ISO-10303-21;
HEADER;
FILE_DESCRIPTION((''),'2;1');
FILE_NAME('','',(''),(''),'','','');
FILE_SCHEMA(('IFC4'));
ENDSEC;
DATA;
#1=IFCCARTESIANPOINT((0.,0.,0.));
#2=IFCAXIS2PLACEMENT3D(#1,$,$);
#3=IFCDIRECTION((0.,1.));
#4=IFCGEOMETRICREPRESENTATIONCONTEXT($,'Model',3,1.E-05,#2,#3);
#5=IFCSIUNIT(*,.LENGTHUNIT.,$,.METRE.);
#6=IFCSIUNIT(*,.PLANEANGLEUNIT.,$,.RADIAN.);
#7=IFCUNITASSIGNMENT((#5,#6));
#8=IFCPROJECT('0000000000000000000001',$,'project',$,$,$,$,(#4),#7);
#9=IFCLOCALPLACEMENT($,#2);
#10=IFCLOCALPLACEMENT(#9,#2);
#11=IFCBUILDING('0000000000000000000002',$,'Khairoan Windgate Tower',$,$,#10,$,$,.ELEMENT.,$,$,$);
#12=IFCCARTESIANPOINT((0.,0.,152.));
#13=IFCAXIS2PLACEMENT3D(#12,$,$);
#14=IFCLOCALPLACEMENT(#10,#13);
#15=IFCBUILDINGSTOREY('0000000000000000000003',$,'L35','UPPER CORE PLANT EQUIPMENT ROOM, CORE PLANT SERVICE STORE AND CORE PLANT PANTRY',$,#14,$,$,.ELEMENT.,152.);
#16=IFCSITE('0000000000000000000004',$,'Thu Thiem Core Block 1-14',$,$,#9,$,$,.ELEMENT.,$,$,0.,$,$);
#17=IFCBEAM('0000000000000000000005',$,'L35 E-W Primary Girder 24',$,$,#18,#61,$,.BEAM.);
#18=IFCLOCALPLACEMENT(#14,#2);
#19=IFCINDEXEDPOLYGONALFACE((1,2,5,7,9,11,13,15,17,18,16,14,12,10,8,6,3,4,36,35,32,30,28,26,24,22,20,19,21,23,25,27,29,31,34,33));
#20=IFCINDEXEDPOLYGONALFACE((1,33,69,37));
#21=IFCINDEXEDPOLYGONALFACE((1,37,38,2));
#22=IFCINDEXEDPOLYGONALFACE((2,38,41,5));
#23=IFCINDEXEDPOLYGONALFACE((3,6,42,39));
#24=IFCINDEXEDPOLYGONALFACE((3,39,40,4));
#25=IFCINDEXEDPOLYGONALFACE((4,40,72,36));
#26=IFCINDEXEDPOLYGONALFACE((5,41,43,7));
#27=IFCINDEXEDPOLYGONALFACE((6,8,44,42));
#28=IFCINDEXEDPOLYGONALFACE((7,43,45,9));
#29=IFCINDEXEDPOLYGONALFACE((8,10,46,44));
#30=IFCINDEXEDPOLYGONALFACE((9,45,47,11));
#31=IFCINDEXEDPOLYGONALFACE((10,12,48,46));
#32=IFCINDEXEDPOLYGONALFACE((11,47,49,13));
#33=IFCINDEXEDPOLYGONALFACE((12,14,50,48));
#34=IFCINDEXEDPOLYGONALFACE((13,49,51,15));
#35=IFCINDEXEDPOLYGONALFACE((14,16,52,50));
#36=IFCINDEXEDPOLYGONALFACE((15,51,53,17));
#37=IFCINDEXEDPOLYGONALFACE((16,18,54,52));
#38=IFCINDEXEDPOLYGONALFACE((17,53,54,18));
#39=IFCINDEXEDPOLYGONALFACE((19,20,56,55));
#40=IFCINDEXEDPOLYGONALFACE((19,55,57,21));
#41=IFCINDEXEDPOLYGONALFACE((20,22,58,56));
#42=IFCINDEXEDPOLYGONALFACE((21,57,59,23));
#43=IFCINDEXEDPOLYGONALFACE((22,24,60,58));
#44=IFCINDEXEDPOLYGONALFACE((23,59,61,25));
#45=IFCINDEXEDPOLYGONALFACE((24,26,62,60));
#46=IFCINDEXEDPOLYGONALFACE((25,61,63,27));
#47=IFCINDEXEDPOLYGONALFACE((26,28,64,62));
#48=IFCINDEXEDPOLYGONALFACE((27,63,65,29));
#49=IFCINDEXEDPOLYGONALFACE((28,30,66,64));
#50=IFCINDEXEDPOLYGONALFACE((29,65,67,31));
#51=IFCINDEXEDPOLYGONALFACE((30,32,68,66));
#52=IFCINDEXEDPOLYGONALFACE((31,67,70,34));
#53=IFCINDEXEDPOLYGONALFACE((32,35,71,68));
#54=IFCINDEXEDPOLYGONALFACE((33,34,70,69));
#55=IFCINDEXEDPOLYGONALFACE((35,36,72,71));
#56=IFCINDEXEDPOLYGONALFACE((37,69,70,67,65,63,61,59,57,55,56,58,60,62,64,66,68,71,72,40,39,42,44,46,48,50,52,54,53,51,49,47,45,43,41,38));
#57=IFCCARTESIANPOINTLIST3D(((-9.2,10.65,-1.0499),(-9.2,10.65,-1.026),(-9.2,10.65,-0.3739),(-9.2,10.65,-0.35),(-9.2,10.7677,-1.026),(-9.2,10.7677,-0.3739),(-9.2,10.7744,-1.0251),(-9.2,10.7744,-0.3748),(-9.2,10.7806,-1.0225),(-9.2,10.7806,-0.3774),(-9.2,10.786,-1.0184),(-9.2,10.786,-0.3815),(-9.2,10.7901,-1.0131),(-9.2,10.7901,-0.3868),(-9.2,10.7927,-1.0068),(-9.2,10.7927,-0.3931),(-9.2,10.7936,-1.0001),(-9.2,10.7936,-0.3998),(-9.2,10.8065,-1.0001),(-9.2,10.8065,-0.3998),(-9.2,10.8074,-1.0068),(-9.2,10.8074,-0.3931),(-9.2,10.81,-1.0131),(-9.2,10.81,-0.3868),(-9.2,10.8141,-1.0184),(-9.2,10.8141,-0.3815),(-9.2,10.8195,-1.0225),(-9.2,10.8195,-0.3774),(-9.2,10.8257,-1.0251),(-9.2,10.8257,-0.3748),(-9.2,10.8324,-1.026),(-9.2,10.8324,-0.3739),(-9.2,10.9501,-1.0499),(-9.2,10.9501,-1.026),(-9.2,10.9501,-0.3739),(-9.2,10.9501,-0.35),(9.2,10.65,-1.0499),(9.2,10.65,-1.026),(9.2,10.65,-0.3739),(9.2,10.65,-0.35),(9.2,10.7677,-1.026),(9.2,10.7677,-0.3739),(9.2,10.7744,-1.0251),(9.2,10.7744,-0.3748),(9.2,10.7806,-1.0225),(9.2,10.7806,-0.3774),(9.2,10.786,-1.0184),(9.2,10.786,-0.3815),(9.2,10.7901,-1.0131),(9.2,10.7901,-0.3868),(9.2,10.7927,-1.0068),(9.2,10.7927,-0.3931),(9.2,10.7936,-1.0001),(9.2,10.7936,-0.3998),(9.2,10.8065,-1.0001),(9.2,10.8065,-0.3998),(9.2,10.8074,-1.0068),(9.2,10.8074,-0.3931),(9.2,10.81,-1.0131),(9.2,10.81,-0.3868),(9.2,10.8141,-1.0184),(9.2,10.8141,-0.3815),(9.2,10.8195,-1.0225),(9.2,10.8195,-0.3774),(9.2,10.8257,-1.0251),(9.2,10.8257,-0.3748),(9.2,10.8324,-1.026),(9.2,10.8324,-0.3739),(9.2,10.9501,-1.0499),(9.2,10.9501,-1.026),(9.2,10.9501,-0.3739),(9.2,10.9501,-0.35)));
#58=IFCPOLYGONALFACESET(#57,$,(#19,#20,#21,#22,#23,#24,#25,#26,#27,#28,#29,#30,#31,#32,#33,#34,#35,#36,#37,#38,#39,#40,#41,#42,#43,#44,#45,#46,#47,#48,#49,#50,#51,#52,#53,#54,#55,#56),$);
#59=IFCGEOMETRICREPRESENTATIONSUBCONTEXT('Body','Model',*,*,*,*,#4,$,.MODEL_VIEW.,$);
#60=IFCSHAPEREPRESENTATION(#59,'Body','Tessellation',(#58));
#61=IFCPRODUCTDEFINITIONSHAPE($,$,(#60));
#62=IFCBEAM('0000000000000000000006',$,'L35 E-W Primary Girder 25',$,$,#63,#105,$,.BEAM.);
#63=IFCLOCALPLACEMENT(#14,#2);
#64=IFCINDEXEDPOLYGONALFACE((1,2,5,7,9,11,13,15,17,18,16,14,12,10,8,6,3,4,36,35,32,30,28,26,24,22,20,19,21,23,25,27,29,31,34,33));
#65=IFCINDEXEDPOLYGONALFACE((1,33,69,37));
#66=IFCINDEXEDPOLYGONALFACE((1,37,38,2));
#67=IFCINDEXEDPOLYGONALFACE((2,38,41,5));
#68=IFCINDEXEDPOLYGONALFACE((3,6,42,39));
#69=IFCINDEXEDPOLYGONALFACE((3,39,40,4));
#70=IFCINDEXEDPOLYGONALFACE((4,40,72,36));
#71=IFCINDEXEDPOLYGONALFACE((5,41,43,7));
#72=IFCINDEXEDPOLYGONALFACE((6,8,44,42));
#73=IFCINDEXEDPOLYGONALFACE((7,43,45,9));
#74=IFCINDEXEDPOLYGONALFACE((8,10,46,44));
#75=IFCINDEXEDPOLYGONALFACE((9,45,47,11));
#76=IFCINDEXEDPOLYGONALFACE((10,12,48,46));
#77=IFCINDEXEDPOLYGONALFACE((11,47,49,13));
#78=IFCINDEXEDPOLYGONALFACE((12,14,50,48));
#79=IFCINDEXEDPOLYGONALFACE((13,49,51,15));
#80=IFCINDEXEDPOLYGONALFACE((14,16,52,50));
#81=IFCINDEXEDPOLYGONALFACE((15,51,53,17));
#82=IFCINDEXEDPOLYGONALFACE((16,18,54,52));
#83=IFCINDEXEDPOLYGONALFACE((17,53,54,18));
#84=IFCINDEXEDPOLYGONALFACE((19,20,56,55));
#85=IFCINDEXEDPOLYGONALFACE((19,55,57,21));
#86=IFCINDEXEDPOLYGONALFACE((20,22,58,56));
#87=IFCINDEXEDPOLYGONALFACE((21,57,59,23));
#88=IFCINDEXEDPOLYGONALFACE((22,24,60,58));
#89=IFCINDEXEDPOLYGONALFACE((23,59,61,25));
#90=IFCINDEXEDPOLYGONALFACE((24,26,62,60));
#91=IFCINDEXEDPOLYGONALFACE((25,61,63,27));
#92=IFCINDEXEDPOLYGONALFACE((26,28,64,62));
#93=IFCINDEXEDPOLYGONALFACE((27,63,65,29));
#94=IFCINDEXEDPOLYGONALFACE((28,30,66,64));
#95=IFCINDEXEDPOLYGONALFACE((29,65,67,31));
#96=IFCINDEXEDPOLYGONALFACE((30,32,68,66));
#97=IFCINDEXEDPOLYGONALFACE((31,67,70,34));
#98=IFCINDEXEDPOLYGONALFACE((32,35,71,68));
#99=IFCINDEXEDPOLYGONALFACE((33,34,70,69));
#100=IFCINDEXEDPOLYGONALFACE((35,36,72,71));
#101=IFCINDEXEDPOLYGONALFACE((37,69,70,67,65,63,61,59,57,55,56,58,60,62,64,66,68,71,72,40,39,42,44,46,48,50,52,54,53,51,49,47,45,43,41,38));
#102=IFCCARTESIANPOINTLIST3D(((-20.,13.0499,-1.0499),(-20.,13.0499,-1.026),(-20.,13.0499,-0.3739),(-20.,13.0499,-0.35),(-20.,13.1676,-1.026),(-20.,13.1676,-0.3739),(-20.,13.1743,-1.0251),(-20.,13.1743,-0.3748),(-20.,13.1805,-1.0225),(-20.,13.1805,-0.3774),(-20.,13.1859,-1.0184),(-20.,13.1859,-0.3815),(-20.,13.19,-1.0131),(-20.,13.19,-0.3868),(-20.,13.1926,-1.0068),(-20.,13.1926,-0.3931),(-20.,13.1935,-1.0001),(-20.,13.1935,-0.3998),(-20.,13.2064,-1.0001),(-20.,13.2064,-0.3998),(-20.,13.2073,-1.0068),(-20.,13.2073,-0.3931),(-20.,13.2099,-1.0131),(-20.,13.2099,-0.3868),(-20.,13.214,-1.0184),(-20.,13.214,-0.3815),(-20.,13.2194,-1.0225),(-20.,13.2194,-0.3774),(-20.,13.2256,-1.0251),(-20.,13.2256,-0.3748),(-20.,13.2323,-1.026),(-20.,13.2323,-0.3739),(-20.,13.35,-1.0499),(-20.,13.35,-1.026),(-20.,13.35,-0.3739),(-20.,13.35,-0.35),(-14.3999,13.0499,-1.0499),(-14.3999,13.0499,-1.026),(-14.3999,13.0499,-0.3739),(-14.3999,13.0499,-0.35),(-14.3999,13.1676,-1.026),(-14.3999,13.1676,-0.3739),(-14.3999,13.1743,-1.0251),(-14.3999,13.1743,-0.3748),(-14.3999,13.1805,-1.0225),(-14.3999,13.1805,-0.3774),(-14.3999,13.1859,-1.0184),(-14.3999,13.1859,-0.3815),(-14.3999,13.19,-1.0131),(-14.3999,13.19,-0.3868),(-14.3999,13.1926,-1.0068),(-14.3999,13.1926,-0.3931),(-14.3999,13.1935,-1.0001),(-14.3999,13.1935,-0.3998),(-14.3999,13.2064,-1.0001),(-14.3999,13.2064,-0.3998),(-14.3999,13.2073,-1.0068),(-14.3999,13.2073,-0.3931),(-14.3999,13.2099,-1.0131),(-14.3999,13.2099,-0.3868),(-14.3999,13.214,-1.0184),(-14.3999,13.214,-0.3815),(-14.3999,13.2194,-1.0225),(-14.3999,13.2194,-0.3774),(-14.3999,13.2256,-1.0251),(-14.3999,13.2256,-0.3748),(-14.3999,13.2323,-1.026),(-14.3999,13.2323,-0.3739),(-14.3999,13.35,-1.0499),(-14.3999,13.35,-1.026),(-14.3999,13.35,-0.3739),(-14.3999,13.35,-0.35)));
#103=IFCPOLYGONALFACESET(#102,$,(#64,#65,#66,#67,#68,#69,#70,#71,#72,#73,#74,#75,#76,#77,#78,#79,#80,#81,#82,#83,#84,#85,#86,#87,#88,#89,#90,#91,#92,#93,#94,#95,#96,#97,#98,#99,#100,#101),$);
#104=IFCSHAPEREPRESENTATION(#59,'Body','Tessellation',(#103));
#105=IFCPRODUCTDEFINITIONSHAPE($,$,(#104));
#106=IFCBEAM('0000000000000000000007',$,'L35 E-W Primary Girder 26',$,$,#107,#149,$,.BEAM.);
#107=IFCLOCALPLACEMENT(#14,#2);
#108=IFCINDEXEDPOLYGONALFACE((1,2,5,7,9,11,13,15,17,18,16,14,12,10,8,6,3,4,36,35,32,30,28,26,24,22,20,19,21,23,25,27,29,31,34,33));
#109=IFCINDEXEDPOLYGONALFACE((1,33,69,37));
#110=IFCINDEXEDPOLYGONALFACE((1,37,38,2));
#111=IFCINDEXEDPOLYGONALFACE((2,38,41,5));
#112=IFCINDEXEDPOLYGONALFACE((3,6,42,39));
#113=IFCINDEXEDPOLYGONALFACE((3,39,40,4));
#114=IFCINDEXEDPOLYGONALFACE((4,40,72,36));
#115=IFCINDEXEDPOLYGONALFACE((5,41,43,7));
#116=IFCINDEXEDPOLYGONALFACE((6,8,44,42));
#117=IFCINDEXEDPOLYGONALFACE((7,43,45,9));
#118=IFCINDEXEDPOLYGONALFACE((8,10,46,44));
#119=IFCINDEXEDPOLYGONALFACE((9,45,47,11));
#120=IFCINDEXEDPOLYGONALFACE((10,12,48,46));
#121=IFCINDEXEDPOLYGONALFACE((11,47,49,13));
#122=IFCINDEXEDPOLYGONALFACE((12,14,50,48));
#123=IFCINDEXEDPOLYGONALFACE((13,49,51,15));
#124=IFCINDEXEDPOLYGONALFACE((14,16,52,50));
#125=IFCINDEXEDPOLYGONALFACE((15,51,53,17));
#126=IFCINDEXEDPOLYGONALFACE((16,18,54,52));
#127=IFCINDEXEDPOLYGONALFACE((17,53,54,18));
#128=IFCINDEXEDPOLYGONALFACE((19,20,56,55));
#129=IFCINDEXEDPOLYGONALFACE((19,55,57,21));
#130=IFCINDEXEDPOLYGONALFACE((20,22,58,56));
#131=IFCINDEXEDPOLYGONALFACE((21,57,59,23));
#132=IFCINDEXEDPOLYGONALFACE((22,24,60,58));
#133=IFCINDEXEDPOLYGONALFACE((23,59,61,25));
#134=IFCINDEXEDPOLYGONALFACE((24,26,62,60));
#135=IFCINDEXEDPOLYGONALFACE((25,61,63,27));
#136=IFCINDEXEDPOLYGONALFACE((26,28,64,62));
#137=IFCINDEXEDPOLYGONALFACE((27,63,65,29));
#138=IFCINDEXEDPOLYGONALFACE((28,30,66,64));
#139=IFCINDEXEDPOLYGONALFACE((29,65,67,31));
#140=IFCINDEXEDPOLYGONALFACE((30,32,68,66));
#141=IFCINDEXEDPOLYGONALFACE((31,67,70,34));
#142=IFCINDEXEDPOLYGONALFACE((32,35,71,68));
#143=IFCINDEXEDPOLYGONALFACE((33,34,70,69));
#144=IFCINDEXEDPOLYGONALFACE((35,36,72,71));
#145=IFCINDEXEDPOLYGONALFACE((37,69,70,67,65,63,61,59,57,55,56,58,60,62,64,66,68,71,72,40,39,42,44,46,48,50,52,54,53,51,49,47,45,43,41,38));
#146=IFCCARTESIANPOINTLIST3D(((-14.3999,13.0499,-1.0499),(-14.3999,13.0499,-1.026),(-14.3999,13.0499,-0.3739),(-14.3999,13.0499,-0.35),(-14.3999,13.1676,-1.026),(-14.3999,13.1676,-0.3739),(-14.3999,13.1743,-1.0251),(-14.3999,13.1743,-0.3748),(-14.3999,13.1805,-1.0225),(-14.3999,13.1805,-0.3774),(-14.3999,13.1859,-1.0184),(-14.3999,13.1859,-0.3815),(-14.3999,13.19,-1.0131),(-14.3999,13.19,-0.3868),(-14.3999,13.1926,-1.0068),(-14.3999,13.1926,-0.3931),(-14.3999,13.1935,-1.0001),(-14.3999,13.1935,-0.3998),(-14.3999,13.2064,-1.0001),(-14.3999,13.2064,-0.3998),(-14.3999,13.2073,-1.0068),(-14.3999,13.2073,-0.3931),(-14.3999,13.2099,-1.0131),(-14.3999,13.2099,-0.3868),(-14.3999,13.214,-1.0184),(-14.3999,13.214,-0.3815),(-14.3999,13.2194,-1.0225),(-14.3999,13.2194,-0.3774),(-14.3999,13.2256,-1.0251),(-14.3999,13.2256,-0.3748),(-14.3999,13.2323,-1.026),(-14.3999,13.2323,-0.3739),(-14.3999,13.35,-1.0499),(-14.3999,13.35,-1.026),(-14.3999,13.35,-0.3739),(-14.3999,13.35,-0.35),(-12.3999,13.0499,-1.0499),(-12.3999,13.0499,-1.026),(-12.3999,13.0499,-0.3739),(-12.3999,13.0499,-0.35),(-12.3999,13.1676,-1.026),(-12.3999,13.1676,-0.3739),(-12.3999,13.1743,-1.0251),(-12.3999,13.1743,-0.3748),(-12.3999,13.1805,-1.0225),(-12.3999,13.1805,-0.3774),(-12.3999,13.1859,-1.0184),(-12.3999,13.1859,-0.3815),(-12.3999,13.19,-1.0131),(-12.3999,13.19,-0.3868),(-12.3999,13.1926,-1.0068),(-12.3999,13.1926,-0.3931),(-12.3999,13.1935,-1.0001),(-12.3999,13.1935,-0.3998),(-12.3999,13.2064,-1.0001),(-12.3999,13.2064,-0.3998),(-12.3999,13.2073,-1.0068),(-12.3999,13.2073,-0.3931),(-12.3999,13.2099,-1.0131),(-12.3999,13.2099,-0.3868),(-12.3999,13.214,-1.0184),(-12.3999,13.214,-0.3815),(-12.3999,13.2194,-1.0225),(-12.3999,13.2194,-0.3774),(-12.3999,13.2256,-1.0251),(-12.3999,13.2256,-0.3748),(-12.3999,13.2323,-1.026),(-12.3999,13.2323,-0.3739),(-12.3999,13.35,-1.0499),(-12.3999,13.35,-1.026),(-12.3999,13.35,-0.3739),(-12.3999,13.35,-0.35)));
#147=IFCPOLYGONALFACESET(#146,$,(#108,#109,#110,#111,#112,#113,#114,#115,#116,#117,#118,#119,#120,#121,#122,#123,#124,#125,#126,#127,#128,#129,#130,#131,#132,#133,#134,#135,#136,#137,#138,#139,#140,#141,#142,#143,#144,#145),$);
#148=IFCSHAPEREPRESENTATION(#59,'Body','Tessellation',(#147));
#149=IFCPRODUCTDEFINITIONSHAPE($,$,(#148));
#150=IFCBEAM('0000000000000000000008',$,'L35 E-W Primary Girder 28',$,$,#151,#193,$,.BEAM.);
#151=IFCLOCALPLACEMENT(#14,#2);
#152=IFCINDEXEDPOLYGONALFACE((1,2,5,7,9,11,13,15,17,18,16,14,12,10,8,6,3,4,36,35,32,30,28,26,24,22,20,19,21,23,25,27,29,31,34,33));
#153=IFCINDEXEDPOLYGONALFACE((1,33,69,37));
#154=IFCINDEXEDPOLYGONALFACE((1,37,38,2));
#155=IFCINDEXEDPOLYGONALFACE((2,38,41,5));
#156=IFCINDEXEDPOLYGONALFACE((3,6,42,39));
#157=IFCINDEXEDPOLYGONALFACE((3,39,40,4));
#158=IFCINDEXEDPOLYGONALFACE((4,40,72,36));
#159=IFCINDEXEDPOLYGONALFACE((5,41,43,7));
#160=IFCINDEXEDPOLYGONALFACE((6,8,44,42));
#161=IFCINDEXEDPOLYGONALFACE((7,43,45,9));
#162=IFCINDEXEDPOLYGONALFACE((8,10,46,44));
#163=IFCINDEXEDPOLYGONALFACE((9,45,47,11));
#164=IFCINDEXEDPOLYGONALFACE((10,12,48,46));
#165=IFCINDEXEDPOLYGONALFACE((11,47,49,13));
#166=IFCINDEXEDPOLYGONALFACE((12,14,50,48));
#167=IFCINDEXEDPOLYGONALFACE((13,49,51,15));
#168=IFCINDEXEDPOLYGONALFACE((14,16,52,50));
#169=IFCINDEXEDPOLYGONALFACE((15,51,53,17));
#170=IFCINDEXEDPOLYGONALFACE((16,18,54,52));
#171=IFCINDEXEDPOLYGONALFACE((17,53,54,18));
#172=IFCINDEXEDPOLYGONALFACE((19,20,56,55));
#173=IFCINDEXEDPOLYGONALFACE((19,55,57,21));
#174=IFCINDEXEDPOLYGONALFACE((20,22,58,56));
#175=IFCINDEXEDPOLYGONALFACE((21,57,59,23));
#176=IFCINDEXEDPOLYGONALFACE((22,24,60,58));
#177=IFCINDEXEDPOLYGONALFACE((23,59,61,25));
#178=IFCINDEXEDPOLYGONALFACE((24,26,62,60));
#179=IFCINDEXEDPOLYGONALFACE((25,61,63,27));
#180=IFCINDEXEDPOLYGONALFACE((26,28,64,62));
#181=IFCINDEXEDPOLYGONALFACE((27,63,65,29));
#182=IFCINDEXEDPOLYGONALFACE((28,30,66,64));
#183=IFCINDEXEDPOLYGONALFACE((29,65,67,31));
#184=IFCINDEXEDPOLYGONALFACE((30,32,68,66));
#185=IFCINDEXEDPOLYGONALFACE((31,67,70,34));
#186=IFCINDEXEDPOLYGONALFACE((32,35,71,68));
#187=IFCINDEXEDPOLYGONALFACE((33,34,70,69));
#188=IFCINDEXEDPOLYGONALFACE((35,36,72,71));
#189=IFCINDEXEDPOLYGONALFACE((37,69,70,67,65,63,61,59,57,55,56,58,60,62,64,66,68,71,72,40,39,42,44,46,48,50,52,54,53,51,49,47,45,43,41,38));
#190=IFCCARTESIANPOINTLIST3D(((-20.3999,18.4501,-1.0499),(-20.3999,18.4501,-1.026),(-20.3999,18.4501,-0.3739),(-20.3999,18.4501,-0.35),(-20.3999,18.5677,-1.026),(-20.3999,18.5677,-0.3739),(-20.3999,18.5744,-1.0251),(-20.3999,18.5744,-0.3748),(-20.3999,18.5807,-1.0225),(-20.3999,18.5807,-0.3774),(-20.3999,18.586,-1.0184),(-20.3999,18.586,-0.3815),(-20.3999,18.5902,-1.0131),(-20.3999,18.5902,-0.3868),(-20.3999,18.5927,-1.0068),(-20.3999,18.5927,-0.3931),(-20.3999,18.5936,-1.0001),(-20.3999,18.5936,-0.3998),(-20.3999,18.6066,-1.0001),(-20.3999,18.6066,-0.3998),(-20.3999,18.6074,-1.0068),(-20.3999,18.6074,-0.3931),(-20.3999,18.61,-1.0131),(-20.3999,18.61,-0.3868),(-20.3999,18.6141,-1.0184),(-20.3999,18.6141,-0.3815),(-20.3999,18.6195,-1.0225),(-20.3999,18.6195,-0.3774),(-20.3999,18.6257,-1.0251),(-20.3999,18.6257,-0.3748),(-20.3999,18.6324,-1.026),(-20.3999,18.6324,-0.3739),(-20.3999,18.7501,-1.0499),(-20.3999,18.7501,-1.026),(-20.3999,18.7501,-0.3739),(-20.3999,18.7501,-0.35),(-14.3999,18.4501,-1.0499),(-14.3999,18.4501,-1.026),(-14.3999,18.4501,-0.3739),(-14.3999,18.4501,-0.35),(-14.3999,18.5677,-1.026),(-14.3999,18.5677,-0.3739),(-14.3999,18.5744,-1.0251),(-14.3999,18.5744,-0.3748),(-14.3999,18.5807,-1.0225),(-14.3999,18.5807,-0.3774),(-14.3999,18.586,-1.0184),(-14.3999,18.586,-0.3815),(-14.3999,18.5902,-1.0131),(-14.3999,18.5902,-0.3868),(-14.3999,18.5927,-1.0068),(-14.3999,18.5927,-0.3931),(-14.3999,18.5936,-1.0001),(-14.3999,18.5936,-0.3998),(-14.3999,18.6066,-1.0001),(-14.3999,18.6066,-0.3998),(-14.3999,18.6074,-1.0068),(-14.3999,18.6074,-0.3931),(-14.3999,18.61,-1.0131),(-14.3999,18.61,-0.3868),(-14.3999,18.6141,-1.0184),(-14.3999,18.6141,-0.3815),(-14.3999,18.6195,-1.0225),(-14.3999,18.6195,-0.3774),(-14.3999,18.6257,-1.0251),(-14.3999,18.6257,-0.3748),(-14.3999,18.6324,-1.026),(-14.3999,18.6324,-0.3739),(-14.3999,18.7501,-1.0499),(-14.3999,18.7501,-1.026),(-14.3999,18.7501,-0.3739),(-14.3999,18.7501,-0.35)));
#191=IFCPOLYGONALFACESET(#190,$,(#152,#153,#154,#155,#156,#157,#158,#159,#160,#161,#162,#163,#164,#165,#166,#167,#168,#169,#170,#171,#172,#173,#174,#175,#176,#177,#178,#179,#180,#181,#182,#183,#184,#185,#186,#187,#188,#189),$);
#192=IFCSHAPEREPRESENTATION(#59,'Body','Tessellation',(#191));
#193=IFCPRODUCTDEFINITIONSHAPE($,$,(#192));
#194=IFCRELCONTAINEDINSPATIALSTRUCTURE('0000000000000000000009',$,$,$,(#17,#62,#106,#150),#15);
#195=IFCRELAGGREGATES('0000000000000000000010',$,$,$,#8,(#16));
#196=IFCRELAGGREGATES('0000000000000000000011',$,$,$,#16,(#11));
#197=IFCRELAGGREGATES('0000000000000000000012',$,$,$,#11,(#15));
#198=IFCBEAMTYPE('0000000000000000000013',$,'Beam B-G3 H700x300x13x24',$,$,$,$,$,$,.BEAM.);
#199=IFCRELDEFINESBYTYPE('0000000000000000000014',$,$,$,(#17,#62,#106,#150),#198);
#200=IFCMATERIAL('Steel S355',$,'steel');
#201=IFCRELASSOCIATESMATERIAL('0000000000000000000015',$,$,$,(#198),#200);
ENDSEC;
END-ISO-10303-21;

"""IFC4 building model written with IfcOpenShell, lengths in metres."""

from ifc_helpers import new_model, si_unit, direction, frame, origin, origin_2d, place, context, subcontext, project, spatial, i_section, extrude, material, material_profile, profile_set, type_object, element, save


model = new_model("IFC4")

# Units and contexts
model_context = context("Model", 3, precision=1e-05, world=origin(), true_north=direction((0.0, 1.0)))
body_context = subcontext(model_context, "Body", "Model", "MODEL_VIEW")
ifc_project = project(units=[si_unit("LENGTHUNIT", "METRE"), si_unit("PLANEANGLEUNIT", "RADIAN")], contexts=[model_context])

# Site, building, storey
site_placement = place(None, origin())
site = spatial("IfcSite", under=ifc_project, at=site_placement, Name="Thu Thiem Core Block 1-14", CompositionType="ELEMENT", RefElevation=0.0)
building_placement = place(site_placement, origin())
building = spatial("IfcBuilding", under=site, at=building_placement, Name="Khairoan Windgate Tower", CompositionType="ELEMENT")
storey_placement = place(building_placement, frame((0.0, 0.0, 152.0)))
storey = spatial("IfcBuildingStorey", under=building, at=storey_placement, Name="L35", Description="UPPER CORE PLANT EQUIPMENT ROOM, CORE PLANT SERVICE STORE AND CORE PLANT PANTRY", CompositionType="ELEMENT", Elevation=152.0)

# Beams
ifc_material_1 = material(Name="Steel S355", Category="steel")
ifc_material_profile_1 = material_profile(ifc_material_1, i_section(OverallWidth=0.3, OverallDepth=0.7, WebThickness=0.0129, FlangeThickness=0.0239, FilletRadius=0.0259, at=origin_2d()))
ifc_profile_set_1 = profile_set([ifc_material_profile_1], Name="Steel S355")
beam_type_1 = type_object("IfcBeamType", Name="Beam B-G3 H700x300x13x24", PredefinedType="BEAM", material=ifc_profile_set_1)
beam_1_placement = place(storey_placement, frame((-9.2, 10.8, -0.7), z_axis=(1.0, 0.0, 0.0), x_axis=(0.0, 1.0, 0.0)))
element("IfcBeam", 1, at=beam_1_placement, inside=storey, type_object=beam_type_1, Name="L35 E-W Primary Girder 24", PredefinedType="BEAM", context=body_context, shape_type="SweptSolid", body=[
    extrude(i_section(OverallWidth=0.3, OverallDepth=0.7, WebThickness=0.0129, FlangeThickness=0.0239, FilletRadius=0.0259, at=origin_2d()), origin(), (0.0, 0.0, 1.0), 18.3999),
])
beam_2_placement = place(storey_placement, frame((-20.0, 13.2, -0.7), z_axis=(1.0, 0.0, 0.0), x_axis=(0.0, 1.0, 0.0)))
element("IfcBeam", 2, at=beam_2_placement, inside=storey, type_object=beam_type_1, Name="L35 E-W Primary Girder 25", PredefinedType="BEAM", context=body_context, shape_type="SweptSolid", body=[
    extrude(i_section(OverallWidth=0.3, OverallDepth=0.7, WebThickness=0.0129, FlangeThickness=0.0239, FilletRadius=0.0259, at=origin_2d()), origin(), (0.0, 0.0, 1.0), 5.6001),
])
beam_3_placement = place(storey_placement, frame((-14.3999, 13.2, -0.7), z_axis=(1.0, 0.0, 0.0), x_axis=(0.0, 1.0, 0.0)))
element("IfcBeam", 3, at=beam_3_placement, inside=storey, type_object=beam_type_1, Name="L35 E-W Primary Girder 26", PredefinedType="BEAM", context=body_context, shape_type="SweptSolid", body=[
    extrude(i_section(OverallWidth=0.3, OverallDepth=0.7, WebThickness=0.0129, FlangeThickness=0.0239, FilletRadius=0.0259, at=origin_2d()), origin(), (0.0, 0.0, 1.0), 2.0),
])
beam_4_placement = place(storey_placement, frame((-20.3999, 18.6001, -0.7), z_axis=(1.0, 0.0, 0.0), x_axis=(0.0, 1.0, 0.0)))
element("IfcBeam", 4, at=beam_4_placement, inside=storey, type_object=beam_type_1, Name="L35 E-W Primary Girder 28", PredefinedType="BEAM", context=body_context, shape_type="SweptSolid", body=[
    extrude(i_section(OverallWidth=0.3, OverallDepth=0.7, WebThickness=0.0129, FlangeThickness=0.0239, FilletRadius=0.0259, at=origin_2d()), origin(), (0.0, 0.0, 1.0), 6.0),
])

save(model, "model.ifc")
